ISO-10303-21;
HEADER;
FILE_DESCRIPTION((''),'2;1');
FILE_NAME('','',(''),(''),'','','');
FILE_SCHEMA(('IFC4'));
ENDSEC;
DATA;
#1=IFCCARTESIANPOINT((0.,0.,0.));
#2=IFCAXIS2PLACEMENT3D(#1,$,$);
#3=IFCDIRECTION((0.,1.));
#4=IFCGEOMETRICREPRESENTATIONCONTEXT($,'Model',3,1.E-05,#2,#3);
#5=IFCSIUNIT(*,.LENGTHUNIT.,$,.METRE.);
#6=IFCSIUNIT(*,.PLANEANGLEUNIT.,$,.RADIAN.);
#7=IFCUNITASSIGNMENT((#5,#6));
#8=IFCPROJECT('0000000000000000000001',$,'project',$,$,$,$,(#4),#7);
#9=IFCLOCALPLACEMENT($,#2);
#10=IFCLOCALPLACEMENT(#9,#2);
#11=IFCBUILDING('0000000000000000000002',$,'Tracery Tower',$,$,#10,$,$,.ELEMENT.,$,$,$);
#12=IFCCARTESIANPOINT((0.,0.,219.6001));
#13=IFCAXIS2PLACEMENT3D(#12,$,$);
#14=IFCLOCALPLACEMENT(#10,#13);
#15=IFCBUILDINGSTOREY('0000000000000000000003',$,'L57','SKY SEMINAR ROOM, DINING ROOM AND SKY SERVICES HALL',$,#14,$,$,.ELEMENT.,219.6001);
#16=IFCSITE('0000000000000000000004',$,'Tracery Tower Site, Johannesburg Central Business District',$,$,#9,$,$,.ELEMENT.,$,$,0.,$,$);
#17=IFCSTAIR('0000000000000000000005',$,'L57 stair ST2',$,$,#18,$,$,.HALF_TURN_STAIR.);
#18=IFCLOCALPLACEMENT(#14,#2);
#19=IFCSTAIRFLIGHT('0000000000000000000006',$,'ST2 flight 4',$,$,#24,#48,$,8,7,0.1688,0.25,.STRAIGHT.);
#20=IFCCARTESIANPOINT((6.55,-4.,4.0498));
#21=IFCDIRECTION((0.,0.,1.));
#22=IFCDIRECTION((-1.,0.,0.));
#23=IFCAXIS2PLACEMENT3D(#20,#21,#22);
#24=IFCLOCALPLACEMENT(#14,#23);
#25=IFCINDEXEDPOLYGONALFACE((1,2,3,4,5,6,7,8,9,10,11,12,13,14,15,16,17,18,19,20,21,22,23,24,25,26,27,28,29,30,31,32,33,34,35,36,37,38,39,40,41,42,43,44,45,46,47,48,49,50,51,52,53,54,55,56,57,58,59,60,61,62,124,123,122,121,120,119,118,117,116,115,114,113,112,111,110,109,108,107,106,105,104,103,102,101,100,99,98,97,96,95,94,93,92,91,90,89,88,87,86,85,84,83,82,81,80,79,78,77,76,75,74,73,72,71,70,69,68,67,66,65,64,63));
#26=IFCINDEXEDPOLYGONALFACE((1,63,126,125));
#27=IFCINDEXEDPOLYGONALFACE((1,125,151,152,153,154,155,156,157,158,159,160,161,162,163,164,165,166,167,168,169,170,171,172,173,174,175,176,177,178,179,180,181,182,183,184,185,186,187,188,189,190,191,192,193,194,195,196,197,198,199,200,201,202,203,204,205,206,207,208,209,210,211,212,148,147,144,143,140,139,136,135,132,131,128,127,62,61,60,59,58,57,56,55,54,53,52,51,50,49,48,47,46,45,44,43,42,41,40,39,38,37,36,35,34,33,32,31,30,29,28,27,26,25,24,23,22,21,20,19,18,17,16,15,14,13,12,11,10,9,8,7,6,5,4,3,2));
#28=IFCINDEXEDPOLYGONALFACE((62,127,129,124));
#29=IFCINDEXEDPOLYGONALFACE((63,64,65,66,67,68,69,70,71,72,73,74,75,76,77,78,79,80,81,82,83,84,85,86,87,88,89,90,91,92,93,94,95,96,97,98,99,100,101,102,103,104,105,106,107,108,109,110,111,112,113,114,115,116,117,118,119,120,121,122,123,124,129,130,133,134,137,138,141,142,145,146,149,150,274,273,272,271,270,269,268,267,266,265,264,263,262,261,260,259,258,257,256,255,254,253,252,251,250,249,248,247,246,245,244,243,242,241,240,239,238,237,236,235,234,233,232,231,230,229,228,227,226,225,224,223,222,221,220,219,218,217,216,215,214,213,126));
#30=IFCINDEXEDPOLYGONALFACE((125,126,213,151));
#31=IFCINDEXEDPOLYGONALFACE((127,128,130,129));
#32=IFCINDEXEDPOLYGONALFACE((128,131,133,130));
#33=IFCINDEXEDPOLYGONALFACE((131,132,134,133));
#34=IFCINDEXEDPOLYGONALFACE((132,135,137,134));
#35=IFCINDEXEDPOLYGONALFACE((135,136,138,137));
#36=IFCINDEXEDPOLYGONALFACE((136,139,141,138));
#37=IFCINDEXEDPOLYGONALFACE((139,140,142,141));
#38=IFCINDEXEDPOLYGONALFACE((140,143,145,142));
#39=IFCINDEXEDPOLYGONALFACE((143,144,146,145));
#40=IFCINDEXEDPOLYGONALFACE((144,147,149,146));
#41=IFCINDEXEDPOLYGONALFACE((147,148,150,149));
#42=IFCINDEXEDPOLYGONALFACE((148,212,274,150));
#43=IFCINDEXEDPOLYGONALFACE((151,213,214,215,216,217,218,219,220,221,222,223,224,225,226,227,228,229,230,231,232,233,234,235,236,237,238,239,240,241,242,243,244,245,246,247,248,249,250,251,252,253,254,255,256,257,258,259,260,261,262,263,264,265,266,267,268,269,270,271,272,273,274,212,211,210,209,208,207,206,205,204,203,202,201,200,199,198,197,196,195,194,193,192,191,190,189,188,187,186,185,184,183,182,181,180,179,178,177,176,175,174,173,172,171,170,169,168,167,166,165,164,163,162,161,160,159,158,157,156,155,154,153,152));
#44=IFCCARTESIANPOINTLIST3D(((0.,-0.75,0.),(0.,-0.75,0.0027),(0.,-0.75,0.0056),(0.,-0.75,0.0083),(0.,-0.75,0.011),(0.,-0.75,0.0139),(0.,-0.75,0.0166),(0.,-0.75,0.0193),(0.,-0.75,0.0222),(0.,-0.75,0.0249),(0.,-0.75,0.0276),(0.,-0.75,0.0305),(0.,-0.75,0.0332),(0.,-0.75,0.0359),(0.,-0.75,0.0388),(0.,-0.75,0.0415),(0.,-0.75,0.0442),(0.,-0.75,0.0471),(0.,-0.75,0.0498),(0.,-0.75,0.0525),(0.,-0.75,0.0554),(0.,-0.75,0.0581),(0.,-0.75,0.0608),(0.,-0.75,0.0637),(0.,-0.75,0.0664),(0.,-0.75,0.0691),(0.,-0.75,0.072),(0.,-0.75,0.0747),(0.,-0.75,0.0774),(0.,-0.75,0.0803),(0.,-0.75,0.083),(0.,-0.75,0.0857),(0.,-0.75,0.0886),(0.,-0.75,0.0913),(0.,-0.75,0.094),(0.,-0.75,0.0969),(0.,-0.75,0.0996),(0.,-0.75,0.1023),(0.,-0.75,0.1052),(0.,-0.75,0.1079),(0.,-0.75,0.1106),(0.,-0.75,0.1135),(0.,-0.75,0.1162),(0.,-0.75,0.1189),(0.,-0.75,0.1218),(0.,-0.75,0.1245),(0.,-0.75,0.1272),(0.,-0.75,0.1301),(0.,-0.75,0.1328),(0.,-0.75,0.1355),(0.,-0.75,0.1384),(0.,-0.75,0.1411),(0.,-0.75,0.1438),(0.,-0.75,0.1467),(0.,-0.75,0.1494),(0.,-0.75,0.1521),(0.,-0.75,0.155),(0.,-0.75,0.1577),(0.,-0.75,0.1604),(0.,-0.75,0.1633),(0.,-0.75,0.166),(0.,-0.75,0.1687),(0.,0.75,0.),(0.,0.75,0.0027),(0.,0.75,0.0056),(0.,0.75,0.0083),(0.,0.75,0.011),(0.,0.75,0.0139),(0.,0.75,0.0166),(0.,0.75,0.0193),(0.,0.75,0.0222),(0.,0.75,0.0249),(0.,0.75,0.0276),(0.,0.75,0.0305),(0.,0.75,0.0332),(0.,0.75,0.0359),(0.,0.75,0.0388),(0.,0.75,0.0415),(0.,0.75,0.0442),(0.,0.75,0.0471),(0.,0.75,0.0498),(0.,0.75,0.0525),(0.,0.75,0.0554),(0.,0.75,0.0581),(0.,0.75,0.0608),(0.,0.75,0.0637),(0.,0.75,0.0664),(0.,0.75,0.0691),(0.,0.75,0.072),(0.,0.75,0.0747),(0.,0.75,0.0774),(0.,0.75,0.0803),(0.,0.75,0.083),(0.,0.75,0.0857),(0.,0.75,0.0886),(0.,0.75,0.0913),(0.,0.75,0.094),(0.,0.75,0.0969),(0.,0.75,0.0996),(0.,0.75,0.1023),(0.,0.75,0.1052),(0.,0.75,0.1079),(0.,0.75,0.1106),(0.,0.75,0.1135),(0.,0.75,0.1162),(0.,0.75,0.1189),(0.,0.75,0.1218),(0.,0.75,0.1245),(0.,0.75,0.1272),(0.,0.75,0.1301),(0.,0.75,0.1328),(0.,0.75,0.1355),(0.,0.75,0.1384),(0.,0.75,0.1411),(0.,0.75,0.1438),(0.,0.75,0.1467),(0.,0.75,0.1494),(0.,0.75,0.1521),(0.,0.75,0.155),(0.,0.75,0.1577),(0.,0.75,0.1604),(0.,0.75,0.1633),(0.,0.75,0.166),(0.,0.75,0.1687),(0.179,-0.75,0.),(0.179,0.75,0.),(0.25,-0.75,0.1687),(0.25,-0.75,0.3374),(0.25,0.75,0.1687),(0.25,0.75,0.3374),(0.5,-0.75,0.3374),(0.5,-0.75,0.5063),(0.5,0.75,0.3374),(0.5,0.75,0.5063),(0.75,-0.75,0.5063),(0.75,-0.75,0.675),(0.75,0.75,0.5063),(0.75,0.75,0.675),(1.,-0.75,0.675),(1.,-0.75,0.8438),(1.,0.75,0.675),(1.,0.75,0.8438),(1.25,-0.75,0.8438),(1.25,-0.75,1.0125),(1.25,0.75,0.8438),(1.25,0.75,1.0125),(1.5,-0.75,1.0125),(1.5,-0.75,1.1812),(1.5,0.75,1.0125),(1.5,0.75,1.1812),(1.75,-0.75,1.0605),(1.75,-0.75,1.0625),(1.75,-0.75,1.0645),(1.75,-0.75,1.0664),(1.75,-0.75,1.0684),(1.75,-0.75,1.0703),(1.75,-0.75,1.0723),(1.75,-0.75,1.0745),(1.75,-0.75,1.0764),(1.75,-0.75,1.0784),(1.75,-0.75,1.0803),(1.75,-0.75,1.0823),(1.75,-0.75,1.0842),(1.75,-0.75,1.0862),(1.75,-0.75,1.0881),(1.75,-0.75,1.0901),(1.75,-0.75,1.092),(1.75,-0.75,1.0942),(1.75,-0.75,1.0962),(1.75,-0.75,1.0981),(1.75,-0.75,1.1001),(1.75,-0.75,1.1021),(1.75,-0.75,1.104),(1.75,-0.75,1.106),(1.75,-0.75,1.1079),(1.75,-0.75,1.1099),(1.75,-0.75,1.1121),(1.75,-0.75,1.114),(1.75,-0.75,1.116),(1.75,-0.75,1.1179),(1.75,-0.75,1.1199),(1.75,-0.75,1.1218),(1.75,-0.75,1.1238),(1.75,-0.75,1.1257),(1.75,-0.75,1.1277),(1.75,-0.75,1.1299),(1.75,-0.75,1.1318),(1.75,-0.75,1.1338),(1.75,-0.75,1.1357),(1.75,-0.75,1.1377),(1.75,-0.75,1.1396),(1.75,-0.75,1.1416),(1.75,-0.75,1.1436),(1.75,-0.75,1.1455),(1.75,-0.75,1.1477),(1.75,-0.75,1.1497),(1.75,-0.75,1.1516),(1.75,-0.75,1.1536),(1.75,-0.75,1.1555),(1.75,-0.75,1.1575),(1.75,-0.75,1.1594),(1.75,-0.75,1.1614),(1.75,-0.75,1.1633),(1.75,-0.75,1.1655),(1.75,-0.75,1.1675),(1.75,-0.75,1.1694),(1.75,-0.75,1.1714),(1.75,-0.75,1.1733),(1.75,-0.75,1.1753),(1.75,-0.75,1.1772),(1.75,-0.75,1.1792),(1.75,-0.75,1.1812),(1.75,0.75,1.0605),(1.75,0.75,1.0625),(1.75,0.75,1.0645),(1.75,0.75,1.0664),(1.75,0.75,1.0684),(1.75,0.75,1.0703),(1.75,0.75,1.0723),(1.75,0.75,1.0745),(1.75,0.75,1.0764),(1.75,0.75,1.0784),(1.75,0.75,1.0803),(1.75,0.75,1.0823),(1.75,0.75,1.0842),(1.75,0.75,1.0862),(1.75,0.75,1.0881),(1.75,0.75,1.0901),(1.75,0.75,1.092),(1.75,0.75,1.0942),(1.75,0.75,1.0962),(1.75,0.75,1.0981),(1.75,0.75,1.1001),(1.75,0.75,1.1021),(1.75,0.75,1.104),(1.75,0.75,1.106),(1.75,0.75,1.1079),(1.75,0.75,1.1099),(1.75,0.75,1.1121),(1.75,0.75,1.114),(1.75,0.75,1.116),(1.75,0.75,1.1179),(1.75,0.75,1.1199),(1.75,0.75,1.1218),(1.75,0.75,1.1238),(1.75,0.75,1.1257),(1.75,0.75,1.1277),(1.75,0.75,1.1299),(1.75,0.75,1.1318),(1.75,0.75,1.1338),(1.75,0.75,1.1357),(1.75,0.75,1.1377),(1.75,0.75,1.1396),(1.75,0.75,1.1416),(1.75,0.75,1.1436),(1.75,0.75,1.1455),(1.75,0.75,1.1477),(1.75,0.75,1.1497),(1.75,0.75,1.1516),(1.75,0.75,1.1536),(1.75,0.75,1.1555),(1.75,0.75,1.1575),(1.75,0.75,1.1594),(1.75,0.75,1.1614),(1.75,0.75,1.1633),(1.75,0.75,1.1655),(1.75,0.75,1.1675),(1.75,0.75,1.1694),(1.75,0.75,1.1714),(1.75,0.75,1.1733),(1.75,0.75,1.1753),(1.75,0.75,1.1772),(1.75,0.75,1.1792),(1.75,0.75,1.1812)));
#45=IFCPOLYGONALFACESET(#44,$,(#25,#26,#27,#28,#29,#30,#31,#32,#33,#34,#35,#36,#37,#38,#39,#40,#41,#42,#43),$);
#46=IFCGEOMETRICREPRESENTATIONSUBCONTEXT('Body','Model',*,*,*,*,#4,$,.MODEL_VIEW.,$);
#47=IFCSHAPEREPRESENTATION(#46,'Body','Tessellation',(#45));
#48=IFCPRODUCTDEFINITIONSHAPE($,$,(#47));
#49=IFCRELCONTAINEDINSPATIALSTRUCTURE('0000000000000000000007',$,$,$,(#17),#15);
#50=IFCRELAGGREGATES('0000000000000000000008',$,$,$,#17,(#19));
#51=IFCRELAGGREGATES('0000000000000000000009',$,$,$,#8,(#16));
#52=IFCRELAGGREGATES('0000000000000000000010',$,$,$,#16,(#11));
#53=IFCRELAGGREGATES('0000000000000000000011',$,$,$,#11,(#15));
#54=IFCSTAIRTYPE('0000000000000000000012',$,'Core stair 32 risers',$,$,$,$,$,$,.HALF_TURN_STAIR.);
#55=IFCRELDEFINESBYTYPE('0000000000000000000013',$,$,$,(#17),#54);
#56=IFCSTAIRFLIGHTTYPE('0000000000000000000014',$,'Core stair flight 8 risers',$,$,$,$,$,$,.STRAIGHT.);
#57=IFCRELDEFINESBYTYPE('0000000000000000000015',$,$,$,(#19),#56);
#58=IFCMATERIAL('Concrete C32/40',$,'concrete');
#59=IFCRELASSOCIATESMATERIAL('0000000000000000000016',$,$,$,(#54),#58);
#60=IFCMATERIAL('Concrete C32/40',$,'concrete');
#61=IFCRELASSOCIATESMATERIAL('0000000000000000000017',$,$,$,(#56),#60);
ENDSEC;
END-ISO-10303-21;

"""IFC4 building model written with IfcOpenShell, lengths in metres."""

from ifc_helpers import new_model, si_unit, direction, frame, origin, place, context, subcontext, project, spatial, polyline, outline, extrude, material, type_object, element, aggregate, save


model = new_model("IFC4")

# Units and contexts
model_context = context("Model", 3, precision=1e-05, world=origin(), true_north=direction((0.0, 1.0)))
body_context = subcontext(model_context, "Body", "Model", "MODEL_VIEW")
ifc_project = project(units=[si_unit("LENGTHUNIT", "METRE"), si_unit("PLANEANGLEUNIT", "RADIAN")], contexts=[model_context])

# Site, building, storey
site_placement = place(None, origin())
site = spatial("IfcSite", under=ifc_project, at=site_placement, Name="Tracery Tower Site, Johannesburg Central Business District", CompositionType="ELEMENT", RefElevation=0.0)
building_placement = place(site_placement, origin())
building = spatial("IfcBuilding", under=site, at=building_placement, Name="Tracery Tower", CompositionType="ELEMENT")
storey_placement = place(building_placement, frame((0.0, 0.0, 219.6001)))
storey = spatial("IfcBuildingStorey", under=building, at=storey_placement, Name="L57", Description="SKY SEMINAR ROOM, DINING ROOM AND SKY SERVICES HALL", CompositionType="ELEMENT", Elevation=219.6001)

# Stair, stair flight
ifc_material_1 = material(Name="Concrete C32/40", Category="concrete")
stair_type = type_object("IfcStairType", Name="Core stair 32 risers", PredefinedType="HALF_TURN_STAIR", material=ifc_material_1)
stair_placement = place(storey_placement, origin())
stair = element("IfcStair", 1, at=stair_placement, inside=storey, type_object=stair_type, Name="L57 stair ST2", PredefinedType="HALF_TURN_STAIR")
ifc_material_2 = material(Name="Concrete C32/40", Category="concrete")
stair_flight_type = type_object("IfcStairFlightType", Name="Core stair flight 8 risers", PredefinedType="STRAIGHT", material=ifc_material_2)
stair_flight_1_placement = place(storey_placement, frame((6.55, -4.0, 4.0498), z_axis=(0.0, 0.0, 1.0), x_axis=(-1.0, 0.0, 0.0)))
stair_flight_1 = element("IfcStairFlight", 2, at=stair_flight_1_placement, type_object=stair_flight_type, Name="ST2 flight 4", NumberOfRisers=8, NumberOfTreads=7, PredefinedType="STRAIGHT", RiserHeight=0.1688, TreadLength=0.25, context=body_context, shape_type="SweptSolid", body=[
    extrude(outline(polyline([(0.0, 0.0), (0.0, 0.0027), (0.0, 0.0056), (0.0, 0.0083), (0.0, 0.011), (0.0, 0.0139), (0.0, 0.0166), (0.0, 0.0193), (0.0, 0.0222), (0.0, 0.0249), (0.0, 0.0276), (0.0, 0.0305), (0.0, 0.0332), (0.0, 0.0359), (0.0, 0.0388), (0.0, 0.0415), (0.0, 0.0442), (0.0, 0.0471), (0.0, 0.0498), (0.0, 0.0525), (0.0, 0.0554), (0.0, 0.0581), (0.0, 0.0608), (0.0, 0.0637), (0.0, 0.0664), (0.0, 0.0691), (0.0, 0.072), (0.0, 0.0747), (0.0, 0.0774), (0.0, 0.0803), (0.0, 0.083), (0.0, 0.0857), (0.0, 0.0886), (0.0, 0.0913), (0.0, 0.094), (0.0, 0.0969), (0.0, 0.0996), (0.0, 0.1023), (0.0, 0.1052), (0.0, 0.1079), (0.0, 0.1106), (0.0, 0.1135), (0.0, 0.1162), (0.0, 0.1189), (0.0, 0.1218), (0.0, 0.1245), (0.0, 0.1272), (0.0, 0.1301), (0.0, 0.1328), (0.0, 0.1355), (0.0, 0.1384), (0.0, 0.1411), (0.0, 0.1438), (0.0, 0.1467), (0.0, 0.1494), (0.0, 0.1521), (0.0, 0.155), (0.0, 0.1577), (0.0, 0.1604), (0.0, 0.1633), (0.0, 0.166), (0.0, 0.1687), (0.25, 0.1687), (0.25, 0.3374), (0.5, 0.3374), (0.5, 0.5063), (0.75, 0.5063), (0.75, 0.675), (1.0, 0.675), (1.0, 0.8438), (1.25, 0.8438), (1.25, 1.0125), (1.5, 1.0125), (1.5, 1.1812), (1.75, 1.1812), (1.75, 1.1792), (1.75, 1.1772), (1.75, 1.1753), (1.75, 1.1733), (1.75, 1.1714), (1.75, 1.1694), (1.75, 1.1675), (1.75, 1.1655), (1.75, 1.1633), (1.75, 1.1614), (1.75, 1.1594), (1.75, 1.1575), (1.75, 1.1555), (1.75, 1.1536), (1.75, 1.1516), (1.75, 1.1497), (1.75, 1.1477), (1.75, 1.1455), (1.75, 1.1436), (1.75, 1.1416), (1.75, 1.1396), (1.75, 1.1377), (1.75, 1.1357), (1.75, 1.1338), (1.75, 1.1318), (1.75, 1.1299), (1.75, 1.1277), (1.75, 1.1257), (1.75, 1.1238), (1.75, 1.1218), (1.75, 1.1199), (1.75, 1.1179), (1.75, 1.116), (1.75, 1.114), (1.75, 1.1121), (1.75, 1.1099), (1.75, 1.1079), (1.75, 1.106), (1.75, 1.104), (1.75, 1.1021), (1.75, 1.1001), (1.75, 1.0981), (1.75, 1.0962), (1.75, 1.0942), (1.75, 1.092), (1.75, 1.0901), (1.75, 1.0881), (1.75, 1.0862), (1.75, 1.0842), (1.75, 1.0823), (1.75, 1.0803), (1.75, 1.0784), (1.75, 1.0764), (1.75, 1.0745), (1.75, 1.0723), (1.75, 1.0703), (1.75, 1.0684), (1.75, 1.0664), (1.75, 1.0645), (1.75, 1.0625), (1.75, 1.0605), (0.179, 0.0), (0.0, 0.0)])), frame((0.0, 0.75, 0.0), z_axis=(0.0, -1.0, 0.0), x_axis=(1.0, 0.0, 0.0)), (0.0, 0.0, 1.0), 1.5),
])
aggregate(stair, [stair_flight_1])

save(model, "model.ifc")
